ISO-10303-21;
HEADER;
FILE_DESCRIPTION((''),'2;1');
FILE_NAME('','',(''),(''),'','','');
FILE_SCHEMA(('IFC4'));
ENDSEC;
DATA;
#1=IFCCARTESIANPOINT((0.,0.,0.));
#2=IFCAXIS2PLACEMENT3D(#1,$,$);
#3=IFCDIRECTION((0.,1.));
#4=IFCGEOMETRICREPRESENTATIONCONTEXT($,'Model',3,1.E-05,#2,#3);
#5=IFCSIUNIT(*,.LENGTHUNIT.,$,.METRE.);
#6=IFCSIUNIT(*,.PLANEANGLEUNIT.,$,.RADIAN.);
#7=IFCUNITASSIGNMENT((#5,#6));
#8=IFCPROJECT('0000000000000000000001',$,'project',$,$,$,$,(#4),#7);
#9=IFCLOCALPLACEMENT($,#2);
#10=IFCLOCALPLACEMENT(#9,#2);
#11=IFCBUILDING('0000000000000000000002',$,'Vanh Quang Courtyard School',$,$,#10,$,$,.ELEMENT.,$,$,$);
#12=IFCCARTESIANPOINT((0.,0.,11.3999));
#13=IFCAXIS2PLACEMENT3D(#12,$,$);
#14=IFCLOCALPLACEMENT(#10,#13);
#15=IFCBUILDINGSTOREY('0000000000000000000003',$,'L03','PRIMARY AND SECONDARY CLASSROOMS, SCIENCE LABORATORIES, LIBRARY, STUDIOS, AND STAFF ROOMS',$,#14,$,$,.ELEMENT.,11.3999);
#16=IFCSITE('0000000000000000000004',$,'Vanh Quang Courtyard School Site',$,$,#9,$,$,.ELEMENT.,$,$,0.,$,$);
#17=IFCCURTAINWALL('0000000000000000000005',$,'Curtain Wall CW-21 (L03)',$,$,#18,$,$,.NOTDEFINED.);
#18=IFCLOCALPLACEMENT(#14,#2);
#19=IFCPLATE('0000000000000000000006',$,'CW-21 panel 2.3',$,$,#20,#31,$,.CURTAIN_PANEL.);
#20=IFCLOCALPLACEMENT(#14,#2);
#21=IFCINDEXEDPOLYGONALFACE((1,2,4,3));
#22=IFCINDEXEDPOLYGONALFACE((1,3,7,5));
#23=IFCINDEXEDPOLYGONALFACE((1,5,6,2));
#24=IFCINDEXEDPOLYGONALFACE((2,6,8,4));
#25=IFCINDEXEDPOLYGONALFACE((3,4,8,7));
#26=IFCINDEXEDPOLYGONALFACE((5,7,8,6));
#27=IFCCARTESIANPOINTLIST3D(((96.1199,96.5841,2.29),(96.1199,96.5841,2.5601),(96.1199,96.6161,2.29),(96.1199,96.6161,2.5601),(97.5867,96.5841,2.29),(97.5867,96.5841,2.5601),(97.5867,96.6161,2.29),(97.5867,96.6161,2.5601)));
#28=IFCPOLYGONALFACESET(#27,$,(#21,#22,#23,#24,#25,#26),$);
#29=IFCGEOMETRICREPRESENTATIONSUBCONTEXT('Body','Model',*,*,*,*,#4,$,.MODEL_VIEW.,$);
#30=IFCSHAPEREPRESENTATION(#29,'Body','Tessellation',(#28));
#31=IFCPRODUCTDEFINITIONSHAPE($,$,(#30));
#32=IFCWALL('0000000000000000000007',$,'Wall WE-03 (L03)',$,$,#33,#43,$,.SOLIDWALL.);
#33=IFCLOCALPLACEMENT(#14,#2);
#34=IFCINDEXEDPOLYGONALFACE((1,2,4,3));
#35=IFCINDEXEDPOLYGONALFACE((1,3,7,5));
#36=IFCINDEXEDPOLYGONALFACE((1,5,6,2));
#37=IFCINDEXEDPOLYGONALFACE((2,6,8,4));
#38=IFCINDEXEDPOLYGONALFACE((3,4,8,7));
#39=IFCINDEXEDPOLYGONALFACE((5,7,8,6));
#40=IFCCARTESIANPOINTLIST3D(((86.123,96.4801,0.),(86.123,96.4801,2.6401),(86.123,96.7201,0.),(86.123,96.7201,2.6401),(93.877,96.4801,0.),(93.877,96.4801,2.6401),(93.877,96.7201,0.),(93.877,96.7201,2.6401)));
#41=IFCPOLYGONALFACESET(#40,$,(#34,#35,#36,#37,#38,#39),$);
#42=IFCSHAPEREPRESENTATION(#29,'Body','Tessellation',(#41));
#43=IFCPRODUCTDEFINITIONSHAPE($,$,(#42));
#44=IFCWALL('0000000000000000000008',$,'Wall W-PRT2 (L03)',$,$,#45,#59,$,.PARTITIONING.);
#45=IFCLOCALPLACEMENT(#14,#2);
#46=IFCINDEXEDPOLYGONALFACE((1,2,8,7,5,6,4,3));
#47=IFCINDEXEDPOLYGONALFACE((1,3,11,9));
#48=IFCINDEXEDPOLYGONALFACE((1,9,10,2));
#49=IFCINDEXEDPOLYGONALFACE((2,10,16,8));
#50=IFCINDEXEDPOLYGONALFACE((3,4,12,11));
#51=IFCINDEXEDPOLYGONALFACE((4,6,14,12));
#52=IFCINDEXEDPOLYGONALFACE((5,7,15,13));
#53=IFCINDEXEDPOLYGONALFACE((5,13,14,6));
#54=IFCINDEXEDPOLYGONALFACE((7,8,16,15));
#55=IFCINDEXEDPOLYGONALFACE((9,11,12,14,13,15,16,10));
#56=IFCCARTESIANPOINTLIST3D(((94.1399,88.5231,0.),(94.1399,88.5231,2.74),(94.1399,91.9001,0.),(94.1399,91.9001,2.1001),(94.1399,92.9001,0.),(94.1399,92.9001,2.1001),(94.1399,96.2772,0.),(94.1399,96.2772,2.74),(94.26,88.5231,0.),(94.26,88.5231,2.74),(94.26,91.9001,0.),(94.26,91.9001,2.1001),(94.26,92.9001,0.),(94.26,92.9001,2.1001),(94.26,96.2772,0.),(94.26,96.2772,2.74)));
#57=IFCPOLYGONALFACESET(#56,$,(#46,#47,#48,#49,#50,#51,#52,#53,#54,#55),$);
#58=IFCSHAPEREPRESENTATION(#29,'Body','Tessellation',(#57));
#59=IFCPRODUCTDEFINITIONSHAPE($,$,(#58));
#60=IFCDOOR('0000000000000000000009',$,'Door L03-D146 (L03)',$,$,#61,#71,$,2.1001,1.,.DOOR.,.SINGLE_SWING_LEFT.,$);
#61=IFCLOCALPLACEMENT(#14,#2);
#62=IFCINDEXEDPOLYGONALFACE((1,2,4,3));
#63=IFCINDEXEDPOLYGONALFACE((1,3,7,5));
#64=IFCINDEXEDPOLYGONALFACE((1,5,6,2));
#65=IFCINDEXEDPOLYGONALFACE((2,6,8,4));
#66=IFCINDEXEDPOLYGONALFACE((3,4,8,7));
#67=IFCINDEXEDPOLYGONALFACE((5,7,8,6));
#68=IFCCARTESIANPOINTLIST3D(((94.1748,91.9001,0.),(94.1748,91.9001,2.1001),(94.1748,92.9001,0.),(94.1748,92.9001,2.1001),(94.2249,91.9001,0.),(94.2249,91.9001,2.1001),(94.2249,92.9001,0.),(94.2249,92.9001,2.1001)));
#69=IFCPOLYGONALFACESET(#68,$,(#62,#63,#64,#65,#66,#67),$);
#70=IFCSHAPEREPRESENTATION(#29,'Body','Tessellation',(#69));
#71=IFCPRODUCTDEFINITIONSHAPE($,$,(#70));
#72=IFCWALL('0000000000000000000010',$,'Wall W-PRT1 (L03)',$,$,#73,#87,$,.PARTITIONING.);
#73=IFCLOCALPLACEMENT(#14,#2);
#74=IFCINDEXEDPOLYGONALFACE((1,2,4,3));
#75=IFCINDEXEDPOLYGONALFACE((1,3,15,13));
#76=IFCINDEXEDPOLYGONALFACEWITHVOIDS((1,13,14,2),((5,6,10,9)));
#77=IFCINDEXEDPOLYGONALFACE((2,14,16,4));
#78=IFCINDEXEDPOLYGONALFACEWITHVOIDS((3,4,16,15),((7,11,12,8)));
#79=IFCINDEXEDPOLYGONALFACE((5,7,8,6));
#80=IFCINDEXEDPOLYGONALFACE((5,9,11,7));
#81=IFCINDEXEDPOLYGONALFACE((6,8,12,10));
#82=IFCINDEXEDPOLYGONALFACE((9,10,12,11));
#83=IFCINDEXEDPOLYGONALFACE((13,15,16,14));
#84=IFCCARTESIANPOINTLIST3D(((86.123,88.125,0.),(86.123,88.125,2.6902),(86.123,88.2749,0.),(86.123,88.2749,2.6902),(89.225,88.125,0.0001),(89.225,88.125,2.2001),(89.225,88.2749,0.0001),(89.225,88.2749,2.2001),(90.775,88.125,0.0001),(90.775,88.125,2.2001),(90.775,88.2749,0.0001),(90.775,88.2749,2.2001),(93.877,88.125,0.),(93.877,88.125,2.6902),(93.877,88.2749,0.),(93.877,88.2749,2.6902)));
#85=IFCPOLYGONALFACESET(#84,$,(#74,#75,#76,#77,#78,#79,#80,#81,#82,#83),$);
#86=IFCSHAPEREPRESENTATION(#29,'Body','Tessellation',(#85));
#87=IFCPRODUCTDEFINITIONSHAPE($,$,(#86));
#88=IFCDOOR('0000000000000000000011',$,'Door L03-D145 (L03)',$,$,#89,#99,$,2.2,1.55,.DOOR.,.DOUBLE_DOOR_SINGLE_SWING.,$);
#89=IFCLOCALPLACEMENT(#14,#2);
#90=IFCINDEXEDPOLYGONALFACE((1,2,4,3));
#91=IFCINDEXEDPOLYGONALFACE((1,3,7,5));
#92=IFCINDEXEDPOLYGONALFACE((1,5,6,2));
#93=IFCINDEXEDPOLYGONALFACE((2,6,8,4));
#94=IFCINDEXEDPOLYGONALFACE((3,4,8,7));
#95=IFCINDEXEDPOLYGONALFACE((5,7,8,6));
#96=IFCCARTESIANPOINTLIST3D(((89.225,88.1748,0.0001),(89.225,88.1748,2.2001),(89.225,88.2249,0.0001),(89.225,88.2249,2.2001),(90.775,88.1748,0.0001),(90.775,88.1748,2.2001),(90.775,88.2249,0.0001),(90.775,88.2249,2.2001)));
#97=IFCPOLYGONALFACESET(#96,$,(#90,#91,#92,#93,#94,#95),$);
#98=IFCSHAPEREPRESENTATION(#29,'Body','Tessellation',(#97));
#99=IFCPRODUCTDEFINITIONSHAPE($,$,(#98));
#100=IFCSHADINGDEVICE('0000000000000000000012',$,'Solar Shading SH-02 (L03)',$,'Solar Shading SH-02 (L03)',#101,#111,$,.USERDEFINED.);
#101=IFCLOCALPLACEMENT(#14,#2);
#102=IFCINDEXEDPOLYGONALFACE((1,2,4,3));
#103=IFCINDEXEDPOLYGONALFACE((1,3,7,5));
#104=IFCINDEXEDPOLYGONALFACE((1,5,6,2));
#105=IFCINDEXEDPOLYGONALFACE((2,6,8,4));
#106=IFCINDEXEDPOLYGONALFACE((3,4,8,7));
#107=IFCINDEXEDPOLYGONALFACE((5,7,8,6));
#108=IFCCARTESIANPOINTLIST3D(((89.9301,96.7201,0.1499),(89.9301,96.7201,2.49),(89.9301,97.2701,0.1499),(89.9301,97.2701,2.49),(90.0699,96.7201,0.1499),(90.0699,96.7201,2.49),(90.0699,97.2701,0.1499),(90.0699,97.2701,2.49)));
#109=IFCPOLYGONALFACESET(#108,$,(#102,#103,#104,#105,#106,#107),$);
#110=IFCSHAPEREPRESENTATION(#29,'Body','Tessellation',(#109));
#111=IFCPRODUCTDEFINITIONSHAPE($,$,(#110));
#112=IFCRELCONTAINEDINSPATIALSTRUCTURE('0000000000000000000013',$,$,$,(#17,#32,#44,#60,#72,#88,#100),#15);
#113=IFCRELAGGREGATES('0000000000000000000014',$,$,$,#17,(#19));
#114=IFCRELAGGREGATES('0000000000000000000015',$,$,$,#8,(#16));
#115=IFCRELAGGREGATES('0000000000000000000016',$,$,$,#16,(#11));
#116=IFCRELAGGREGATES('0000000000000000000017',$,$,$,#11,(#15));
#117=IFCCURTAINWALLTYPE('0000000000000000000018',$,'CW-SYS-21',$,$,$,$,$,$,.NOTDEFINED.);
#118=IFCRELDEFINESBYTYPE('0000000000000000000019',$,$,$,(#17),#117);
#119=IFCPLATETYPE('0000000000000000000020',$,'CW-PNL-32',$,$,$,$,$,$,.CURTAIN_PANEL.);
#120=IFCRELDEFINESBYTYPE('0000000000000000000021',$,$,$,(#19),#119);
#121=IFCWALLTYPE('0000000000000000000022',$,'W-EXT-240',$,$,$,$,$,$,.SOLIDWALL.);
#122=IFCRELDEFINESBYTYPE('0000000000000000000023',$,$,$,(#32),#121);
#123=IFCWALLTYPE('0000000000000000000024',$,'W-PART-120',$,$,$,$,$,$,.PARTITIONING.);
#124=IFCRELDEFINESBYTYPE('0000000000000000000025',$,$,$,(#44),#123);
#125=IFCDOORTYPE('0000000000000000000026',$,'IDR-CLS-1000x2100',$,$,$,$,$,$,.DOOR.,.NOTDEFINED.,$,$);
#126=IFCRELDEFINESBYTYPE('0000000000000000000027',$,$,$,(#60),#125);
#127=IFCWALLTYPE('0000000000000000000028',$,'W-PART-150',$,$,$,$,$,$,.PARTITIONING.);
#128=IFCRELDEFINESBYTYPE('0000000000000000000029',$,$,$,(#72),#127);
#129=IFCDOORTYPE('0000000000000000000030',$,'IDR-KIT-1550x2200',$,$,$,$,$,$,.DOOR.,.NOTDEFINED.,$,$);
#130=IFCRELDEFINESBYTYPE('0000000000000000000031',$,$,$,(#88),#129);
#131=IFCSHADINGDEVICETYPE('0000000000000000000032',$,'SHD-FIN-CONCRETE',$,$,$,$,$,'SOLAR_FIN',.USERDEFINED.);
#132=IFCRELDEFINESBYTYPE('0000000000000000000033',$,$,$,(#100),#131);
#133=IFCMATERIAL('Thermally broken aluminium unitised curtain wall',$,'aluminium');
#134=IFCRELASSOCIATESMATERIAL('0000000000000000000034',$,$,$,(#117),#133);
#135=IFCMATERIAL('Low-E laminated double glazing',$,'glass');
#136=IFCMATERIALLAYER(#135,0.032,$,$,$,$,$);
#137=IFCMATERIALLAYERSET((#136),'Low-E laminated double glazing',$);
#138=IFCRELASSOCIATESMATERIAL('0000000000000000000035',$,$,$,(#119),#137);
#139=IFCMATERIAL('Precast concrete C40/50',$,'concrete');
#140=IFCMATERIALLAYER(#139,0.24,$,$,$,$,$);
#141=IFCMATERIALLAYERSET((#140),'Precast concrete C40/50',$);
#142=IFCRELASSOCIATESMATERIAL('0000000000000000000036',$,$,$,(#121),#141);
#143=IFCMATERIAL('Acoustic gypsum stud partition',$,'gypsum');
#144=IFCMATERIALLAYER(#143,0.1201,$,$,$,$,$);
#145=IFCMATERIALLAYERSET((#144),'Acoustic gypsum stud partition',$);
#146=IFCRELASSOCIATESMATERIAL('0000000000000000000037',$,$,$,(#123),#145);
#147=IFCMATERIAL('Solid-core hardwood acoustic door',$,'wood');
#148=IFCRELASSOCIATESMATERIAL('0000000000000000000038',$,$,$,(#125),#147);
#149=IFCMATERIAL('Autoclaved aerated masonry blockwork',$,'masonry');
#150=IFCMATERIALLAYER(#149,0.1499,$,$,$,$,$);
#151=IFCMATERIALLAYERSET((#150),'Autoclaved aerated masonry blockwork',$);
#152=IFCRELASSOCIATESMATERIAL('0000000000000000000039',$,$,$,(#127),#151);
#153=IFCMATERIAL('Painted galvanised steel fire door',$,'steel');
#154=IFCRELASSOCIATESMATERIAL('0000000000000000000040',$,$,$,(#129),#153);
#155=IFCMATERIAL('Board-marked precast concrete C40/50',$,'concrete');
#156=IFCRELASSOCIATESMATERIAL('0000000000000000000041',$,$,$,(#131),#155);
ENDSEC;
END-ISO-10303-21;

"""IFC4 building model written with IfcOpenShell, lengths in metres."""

from ifc_helpers import new_model, si_unit, direction, frame, frame_2d, origin, origin_2d, place, context, subcontext, project, spatial, rectangle, extrude, material, layer, layer_set, type_object, element, fill, aggregate, save


model = new_model("IFC4")

# Units and contexts
model_context = context("Model", 3, precision=1e-05, world=origin(), true_north=direction((0.0, 1.0)))
body_context = subcontext(model_context, "Body", "Model", "MODEL_VIEW")
ifc_project = project(units=[si_unit("LENGTHUNIT", "METRE"), si_unit("PLANEANGLEUNIT", "RADIAN")], contexts=[model_context])

# Site, building, storey
site_placement = place(None, origin())
site = spatial("IfcSite", under=ifc_project, at=site_placement, Name="Vanh Quang Courtyard School Site", CompositionType="ELEMENT", RefElevation=0.0)
building_placement = place(site_placement, origin())
building = spatial("IfcBuilding", under=site, at=building_placement, Name="Vanh Quang Courtyard School", CompositionType="ELEMENT")
storey_placement = place(building_placement, frame((0.0, 0.0, 11.3999)))
storey = spatial("IfcBuildingStorey", under=building, at=storey_placement, Name="L03", Description="PRIMARY AND SECONDARY CLASSROOMS, SCIENCE LABORATORIES, LIBRARY, STUDIOS, AND STAFF ROOMS", CompositionType="ELEMENT", Elevation=11.3999)

# Curtain wall
ifc_material_1 = material(Name="Thermally broken aluminium unitised curtain wall", Category="aluminium")
curtain_wall_type = type_object("IfcCurtainWallType", Name="CW-SYS-21", PredefinedType="NOTDEFINED", material=ifc_material_1)
curtain_wall_placement = place(storey_placement, origin())
curtain_wall = element("IfcCurtainWall", 1, at=curtain_wall_placement, inside=storey, type_object=curtain_wall_type, Name="Curtain Wall CW-21 (L03)", PredefinedType="NOTDEFINED")

# Plate
ifc_material_2 = material(Name="Low-E laminated double glazing", Category="glass")
ifc_layer_1 = layer(ifc_material_2, 0.032)
ifc_layer_set_1 = layer_set([ifc_layer_1], Name="Low-E laminated double glazing")
plate_type = type_object("IfcPlateType", Name="CW-PNL-32", PredefinedType="CURTAIN_PANEL", material=ifc_layer_set_1)
plate_1_placement = place(storey_placement, frame((96.8533, 96.6001, 2.29), z_axis=(0.0, 0.0, 1.0), x_axis=(1.0, 0.0, 0.0)))
plate_1 = element("IfcPlate", 2, at=plate_1_placement, type_object=plate_type, Name="CW-21 panel 2.3", PredefinedType="CURTAIN_PANEL", context=body_context, shape_type="SweptSolid", body=[
    extrude(rectangle(XDim=1.4668, YDim=0.032, at=origin_2d()), origin(), (0.0, 0.0, 1.0), 0.27),
])
aggregate(curtain_wall, [plate_1])

# Wall
ifc_material_3 = material(Name="Precast concrete C40/50", Category="concrete")
ifc_layer_2 = layer(ifc_material_3, 0.24)
ifc_layer_set_2 = layer_set([ifc_layer_2], Name="Precast concrete C40/50")
wall_type_1 = type_object("IfcWallType", Name="W-EXT-240", PredefinedType="SOLIDWALL", material=ifc_layer_set_2)
wall_1_placement = place(storey_placement, frame((86.123, 96.6001, 0.0), z_axis=(0.0, 0.0, 1.0), x_axis=(1.0, 0.0, 0.0)))
element("IfcWall", 3, at=wall_1_placement, inside=storey, type_object=wall_type_1, Name="Wall WE-03 (L03)", PredefinedType="SOLIDWALL", context=body_context, shape_type="SweptSolid", body=[
    extrude(rectangle(XDim=7.7539, YDim=0.24, at=frame_2d((3.877, 0.0))), origin(), (0.0, 0.0, 1.0), 2.6401),
])

# Walls, openings, doors
ifc_material_4 = material(Name="Acoustic gypsum stud partition", Category="gypsum")
ifc_layer_3 = layer(ifc_material_4, 0.1201)
ifc_layer_set_3 = layer_set([ifc_layer_3], Name="Acoustic gypsum stud partition")
wall_type_2 = type_object("IfcWallType", Name="W-PART-120", PredefinedType="PARTITIONING", material=ifc_layer_set_3)
wall_2_placement = place(storey_placement, frame((94.2, 96.2771, 0.0), z_axis=(0.0, 0.0, 1.0), x_axis=(0.0, -1.0, 0.0)))
wall_2 = element("IfcWall", 4, at=wall_2_placement, inside=storey, type_object=wall_type_2, Name="Wall W-PRT2 (L03)", PredefinedType="PARTITIONING", context=body_context, shape_type="SweptSolid", body=[
    extrude(rectangle(XDim=7.7542, YDim=0.1201, at=frame_2d((3.877, 0.0))), origin(), (0.0, 0.0, 1.0), 2.74),
])
opening_1_placement = place(wall_2_placement, frame((3.377, 0.0, 0.0)))
opening_1 = element("IfcOpeningElement", 5, at=opening_1_placement, cuts=wall_2, PredefinedType="OPENING", context=body_context, shape_type="SweptSolid", body=[
    extrude(rectangle(XDim=1.0, YDim=2.1001, at=frame_2d((0.5, 1.05))), frame((0.0, 0.0701, 0.0), z_axis=(0.0, -1.0, 0.0), x_axis=(1.0, 0.0, 0.0)), (0.0, 0.0, 1.0), 0.1401),
])
ifc_material_5 = material(Name="Solid-core hardwood acoustic door", Category="wood")
door_type_1 = type_object("IfcDoorType", Name="IDR-CLS-1000x2100", OperationType="NOTDEFINED", PredefinedType="DOOR", material=ifc_material_5)
door_1_placement = place(opening_1_placement, origin())
door_1 = element("IfcDoor", 6, at=door_1_placement, inside=storey, type_object=door_type_1, Name="Door L03-D146 (L03)", OperationType="SINGLE_SWING_LEFT", OverallHeight=2.1001, OverallWidth=1.0, PredefinedType="DOOR", context=body_context, shape_type="SweptSolid", body=[
    extrude(rectangle(XDim=1.0, YDim=2.1001, at=frame_2d((0.5, 1.05))), frame((0.0, 0.0249, 0.0), z_axis=(0.0, -1.0, 0.0), x_axis=(1.0, 0.0, 0.0)), (0.0, 0.0, 1.0), 0.05),
])
fill(opening_1, door_1)
ifc_material_6 = material(Name="Autoclaved aerated masonry blockwork", Category="masonry")
ifc_layer_4 = layer(ifc_material_6, 0.1499)
ifc_layer_set_4 = layer_set([ifc_layer_4], Name="Autoclaved aerated masonry blockwork")
wall_type_3 = type_object("IfcWallType", Name="W-PART-150", PredefinedType="PARTITIONING", material=ifc_layer_set_4)
wall_3_placement = place(storey_placement, frame((86.123, 88.2, 0.0), z_axis=(0.0, 0.0, 1.0), x_axis=(1.0, 0.0, 0.0)))
wall_3 = element("IfcWall", 7, at=wall_3_placement, inside=storey, type_object=wall_type_3, Name="Wall W-PRT1 (L03)", PredefinedType="PARTITIONING", context=body_context, shape_type="SweptSolid", body=[
    extrude(rectangle(XDim=7.7539, YDim=0.1499, at=frame_2d((3.877, 0.0))), origin(), (0.0, 0.0, 1.0), 2.6902),
])
opening_2_placement = place(wall_3_placement, frame((3.1021, 0.0, 0.0)))
opening_2 = element("IfcOpeningElement", 8, at=opening_2_placement, cuts=wall_3, PredefinedType="OPENING", context=body_context, shape_type="SweptSolid", body=[
    extrude(rectangle(XDim=1.55, YDim=2.2, at=frame_2d((0.7749, 1.1001))), frame((0.0, 0.085, 0.0), z_axis=(0.0, -1.0, 0.0), x_axis=(1.0, 0.0, 0.0)), (0.0, 0.0, 1.0), 0.1699),
])
ifc_material_7 = material(Name="Painted galvanised steel fire door", Category="steel")
door_type_2 = type_object("IfcDoorType", Name="IDR-KIT-1550x2200", OperationType="NOTDEFINED", PredefinedType="DOOR", material=ifc_material_7)
door_2_placement = place(opening_2_placement, origin())
door_2 = element("IfcDoor", 9, at=door_2_placement, inside=storey, type_object=door_type_2, Name="Door L03-D145 (L03)", OperationType="DOUBLE_DOOR_SINGLE_SWING", OverallHeight=2.2, OverallWidth=1.55, PredefinedType="DOOR", context=body_context, shape_type="SweptSolid", body=[
    extrude(rectangle(XDim=1.55, YDim=2.2, at=frame_2d((0.7749, 1.1001))), frame((0.0, 0.0249, 0.0), z_axis=(0.0, -1.0, 0.0), x_axis=(1.0, 0.0, 0.0)), (0.0, 0.0, 1.0), 0.05),
])
fill(opening_2, door_2)

# Shading device
ifc_material_8 = material(Name="Board-marked precast concrete C40/50", Category="concrete")
shading_device_type = type_object("IfcShadingDeviceType", Name="SHD-FIN-CONCRETE", ElementType="SOLAR_FIN", PredefinedType="USERDEFINED", material=ifc_material_8)
shading_device_placement = place(storey_placement, frame((90.0, 96.9951, 0.1499), z_axis=(0.0, 0.0, 1.0), x_axis=(1.0, 0.0, 0.0)))
element("IfcShadingDevice", 10, at=shading_device_placement, inside=storey, type_object=shading_device_type, Name="Solar Shading SH-02 (L03)", ObjectType="Solar Shading SH-02 (L03)", PredefinedType="USERDEFINED", context=body_context, shape_type="SweptSolid", body=[
    extrude(rectangle(XDim=0.1399, YDim=0.55, at=origin_2d()), origin(), (0.0, 0.0, 1.0), 2.3401),
])

save(model, "model.ifc")
